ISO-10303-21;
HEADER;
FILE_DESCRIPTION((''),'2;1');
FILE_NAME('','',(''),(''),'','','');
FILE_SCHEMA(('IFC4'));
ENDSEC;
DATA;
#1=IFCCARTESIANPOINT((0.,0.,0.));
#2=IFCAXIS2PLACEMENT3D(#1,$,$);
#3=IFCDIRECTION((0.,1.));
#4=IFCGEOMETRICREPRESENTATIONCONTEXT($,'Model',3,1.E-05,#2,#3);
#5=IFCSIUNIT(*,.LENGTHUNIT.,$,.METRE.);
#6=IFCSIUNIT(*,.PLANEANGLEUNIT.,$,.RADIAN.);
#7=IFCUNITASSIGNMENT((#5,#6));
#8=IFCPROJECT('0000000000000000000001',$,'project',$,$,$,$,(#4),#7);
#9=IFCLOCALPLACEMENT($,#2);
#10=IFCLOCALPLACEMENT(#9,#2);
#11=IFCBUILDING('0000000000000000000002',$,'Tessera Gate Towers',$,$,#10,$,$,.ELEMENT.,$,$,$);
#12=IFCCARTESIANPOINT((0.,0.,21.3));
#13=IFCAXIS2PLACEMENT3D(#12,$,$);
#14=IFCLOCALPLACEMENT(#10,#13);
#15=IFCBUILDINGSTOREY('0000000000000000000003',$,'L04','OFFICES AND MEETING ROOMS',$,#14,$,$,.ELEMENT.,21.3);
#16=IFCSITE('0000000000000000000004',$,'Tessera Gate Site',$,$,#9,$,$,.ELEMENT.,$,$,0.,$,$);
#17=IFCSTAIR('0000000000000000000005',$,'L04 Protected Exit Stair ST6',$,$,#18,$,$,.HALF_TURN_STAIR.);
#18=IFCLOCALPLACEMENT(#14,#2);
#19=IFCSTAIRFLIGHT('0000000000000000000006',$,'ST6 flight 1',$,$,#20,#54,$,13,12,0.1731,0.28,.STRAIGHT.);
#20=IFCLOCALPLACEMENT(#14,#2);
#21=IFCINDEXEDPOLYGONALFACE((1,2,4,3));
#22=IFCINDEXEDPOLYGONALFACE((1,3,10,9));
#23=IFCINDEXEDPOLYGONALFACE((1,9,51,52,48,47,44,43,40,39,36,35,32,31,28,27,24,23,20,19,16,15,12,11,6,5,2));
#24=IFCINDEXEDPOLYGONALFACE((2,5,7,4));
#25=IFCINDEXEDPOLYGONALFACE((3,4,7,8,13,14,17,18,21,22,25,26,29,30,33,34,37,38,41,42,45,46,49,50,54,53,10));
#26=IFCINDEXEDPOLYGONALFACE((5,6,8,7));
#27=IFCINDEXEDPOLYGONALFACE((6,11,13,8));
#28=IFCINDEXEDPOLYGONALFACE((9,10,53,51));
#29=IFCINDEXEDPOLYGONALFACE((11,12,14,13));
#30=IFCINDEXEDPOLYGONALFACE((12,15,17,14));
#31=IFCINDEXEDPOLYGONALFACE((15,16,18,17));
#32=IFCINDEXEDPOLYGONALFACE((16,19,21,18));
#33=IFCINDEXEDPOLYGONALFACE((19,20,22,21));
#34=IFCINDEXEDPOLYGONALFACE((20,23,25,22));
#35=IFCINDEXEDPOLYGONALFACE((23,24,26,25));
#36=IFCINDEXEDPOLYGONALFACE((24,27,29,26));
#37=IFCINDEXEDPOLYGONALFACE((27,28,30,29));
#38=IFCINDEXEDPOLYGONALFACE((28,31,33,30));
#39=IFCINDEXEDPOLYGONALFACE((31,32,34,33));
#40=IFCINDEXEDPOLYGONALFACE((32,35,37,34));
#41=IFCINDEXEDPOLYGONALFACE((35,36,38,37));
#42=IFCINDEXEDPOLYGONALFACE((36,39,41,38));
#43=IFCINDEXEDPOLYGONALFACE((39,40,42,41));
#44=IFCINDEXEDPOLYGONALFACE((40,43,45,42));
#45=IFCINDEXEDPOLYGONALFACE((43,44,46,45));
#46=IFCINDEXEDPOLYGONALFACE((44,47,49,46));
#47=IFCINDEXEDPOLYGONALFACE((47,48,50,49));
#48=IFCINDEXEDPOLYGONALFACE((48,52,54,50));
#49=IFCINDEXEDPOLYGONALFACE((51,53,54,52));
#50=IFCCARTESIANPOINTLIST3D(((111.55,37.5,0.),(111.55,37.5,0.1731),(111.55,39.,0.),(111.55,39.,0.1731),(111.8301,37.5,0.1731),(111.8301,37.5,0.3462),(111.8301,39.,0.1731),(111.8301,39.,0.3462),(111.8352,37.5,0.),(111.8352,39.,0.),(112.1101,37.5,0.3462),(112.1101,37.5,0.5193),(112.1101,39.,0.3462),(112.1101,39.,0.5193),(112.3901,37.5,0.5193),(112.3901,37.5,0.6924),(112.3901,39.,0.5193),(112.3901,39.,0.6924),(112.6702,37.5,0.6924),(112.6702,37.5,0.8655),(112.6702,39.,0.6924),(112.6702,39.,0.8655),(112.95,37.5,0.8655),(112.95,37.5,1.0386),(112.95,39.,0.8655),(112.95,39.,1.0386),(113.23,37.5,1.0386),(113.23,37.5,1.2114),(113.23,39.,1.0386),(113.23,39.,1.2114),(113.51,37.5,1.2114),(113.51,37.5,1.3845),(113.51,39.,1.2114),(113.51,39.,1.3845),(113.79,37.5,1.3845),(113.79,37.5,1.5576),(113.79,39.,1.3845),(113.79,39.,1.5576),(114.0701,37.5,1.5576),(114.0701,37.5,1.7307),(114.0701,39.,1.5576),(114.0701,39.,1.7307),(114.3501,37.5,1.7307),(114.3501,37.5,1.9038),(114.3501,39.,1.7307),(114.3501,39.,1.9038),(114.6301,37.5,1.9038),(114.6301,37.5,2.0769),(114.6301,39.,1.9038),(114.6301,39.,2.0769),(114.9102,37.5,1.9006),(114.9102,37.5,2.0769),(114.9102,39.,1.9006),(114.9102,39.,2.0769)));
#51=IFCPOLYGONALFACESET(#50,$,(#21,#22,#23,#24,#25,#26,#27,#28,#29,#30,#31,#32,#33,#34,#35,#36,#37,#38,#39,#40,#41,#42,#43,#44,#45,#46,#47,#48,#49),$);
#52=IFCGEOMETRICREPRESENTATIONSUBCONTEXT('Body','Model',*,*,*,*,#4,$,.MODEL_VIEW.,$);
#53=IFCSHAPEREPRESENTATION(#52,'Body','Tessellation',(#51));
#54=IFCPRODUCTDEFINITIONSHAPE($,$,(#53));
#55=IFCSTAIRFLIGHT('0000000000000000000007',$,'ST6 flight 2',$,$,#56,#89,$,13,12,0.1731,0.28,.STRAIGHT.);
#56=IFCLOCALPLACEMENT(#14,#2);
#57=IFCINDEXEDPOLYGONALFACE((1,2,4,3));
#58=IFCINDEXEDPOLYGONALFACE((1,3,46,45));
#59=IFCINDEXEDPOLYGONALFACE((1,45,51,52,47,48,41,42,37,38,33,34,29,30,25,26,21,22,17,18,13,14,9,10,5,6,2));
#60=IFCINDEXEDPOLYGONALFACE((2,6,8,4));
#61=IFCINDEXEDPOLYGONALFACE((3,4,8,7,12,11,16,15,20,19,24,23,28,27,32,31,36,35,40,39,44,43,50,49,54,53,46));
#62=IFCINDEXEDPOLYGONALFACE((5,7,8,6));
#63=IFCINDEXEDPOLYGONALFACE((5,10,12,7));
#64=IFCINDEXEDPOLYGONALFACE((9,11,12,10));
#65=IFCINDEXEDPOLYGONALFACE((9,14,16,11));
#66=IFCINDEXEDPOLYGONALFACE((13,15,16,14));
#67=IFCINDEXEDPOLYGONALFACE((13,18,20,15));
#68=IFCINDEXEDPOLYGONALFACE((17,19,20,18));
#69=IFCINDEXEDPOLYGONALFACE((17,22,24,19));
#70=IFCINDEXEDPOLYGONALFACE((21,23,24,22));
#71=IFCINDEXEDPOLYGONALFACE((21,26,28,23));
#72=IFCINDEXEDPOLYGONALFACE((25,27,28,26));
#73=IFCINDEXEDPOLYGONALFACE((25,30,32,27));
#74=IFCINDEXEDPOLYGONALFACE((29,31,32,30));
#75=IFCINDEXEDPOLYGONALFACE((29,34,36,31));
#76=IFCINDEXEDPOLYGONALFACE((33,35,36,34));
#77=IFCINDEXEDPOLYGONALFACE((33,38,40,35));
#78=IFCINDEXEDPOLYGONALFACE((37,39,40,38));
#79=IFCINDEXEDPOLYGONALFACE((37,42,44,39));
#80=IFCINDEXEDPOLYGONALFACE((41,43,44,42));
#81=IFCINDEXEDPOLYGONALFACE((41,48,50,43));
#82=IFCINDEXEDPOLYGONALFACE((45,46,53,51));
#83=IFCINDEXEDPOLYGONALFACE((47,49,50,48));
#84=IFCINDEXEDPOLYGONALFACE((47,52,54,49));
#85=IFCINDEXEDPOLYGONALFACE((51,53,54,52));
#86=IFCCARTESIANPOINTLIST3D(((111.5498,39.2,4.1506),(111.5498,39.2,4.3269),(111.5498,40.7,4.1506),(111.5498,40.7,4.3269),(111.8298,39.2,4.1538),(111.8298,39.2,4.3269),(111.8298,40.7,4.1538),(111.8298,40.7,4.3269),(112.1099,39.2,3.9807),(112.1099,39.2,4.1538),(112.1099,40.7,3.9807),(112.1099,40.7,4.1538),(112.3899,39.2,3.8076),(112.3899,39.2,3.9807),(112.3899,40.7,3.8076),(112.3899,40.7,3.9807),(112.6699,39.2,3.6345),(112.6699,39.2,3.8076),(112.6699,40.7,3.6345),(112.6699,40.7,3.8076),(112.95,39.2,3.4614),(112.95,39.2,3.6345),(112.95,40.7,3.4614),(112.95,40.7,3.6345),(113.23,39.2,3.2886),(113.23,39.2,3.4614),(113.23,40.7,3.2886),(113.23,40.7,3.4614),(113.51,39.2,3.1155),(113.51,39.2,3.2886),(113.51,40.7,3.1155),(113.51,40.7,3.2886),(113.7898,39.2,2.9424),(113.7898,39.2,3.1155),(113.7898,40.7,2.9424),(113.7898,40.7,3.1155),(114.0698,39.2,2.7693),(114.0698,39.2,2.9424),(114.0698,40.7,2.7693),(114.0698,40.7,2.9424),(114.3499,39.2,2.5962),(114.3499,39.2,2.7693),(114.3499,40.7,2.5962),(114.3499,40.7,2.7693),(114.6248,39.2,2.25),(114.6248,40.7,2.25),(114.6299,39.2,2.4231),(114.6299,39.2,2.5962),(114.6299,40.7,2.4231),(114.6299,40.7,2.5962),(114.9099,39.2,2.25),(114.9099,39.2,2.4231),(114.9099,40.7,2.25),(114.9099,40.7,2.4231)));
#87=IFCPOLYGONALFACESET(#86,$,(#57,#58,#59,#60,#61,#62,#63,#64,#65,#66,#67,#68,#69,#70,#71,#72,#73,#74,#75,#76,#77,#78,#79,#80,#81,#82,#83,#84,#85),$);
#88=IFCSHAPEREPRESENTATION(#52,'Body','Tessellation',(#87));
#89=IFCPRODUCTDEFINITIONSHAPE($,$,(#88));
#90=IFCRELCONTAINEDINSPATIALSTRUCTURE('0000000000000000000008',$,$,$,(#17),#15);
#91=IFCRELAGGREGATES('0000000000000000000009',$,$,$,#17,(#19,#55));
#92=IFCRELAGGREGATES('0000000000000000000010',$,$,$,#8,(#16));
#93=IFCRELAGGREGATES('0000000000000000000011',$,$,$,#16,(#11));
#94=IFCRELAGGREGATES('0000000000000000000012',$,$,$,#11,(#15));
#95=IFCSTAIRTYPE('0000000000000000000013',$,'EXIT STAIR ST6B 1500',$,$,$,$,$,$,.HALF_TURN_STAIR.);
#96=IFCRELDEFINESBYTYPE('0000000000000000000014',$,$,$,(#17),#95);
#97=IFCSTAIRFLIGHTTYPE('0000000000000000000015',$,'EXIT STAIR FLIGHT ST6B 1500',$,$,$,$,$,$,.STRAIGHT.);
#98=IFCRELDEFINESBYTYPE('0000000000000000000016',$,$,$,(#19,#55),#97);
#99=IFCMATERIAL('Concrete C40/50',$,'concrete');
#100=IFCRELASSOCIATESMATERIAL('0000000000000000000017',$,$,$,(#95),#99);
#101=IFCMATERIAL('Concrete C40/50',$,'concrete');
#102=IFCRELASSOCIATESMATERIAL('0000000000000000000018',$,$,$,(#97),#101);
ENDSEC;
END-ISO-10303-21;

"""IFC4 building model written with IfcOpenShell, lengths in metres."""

from ifc_helpers import new_model, si_unit, direction, frame, origin, place, context, subcontext, project, spatial, polyline, outline, extrude, material, type_object, element, aggregate, save


model = new_model("IFC4")

# Units and contexts
model_context = context("Model", 3, precision=1e-05, world=origin(), true_north=direction((0.0, 1.0)))
body_context = subcontext(model_context, "Body", "Model", "MODEL_VIEW")
ifc_project = project(units=[si_unit("LENGTHUNIT", "METRE"), si_unit("PLANEANGLEUNIT", "RADIAN")], contexts=[model_context])

# Site, building, storey
site_placement = place(None, origin())
site = spatial("IfcSite", under=ifc_project, at=site_placement, Name="Tessera Gate Site", CompositionType="ELEMENT", RefElevation=0.0)
building_placement = place(site_placement, origin())
building = spatial("IfcBuilding", under=site, at=building_placement, Name="Tessera Gate Towers", CompositionType="ELEMENT")
storey_placement = place(building_placement, frame((0.0, 0.0, 21.3)))
storey = spatial("IfcBuildingStorey", under=building, at=storey_placement, Name="L04", Description="OFFICES AND MEETING ROOMS", CompositionType="ELEMENT", Elevation=21.3)

# Stair, stair flights
ifc_material_1 = material(Name="Concrete C40/50", Category="concrete")
stair_type = type_object("IfcStairType", Name="EXIT STAIR ST6B 1500", PredefinedType="HALF_TURN_STAIR", material=ifc_material_1)
stair_placement = place(storey_placement, origin())
stair = element("IfcStair", 1, at=stair_placement, inside=storey, type_object=stair_type, Name="L04 Protected Exit Stair ST6", PredefinedType="HALF_TURN_STAIR")
ifc_material_2 = material(Name="Concrete C40/50", Category="concrete")
stair_flight_type = type_object("IfcStairFlightType", Name="EXIT STAIR FLIGHT ST6B 1500", PredefinedType="STRAIGHT", material=ifc_material_2)
stair_flight_1_placement = place(storey_placement, frame((111.55, 38.25, 0.0), z_axis=(0.0, 0.0, 1.0), x_axis=(1.0, 0.0, 0.0)))
stair_flight_1 = element("IfcStairFlight", 2, at=stair_flight_1_placement, type_object=stair_flight_type, Name="ST6 flight 1", NumberOfRisers=13, NumberOfTreads=12, PredefinedType="STRAIGHT", RiserHeight=0.1731, TreadLength=0.28, context=body_context, shape_type="SweptSolid", body=[
    extrude(outline(polyline([(0.0, 0.0), (0.0, 0.1731), (0.28, 0.1731), (0.28, 0.3462), (0.5601, 0.3462), (0.5601, 0.5193), (0.8401, 0.5193), (0.8401, 0.6924), (1.1201, 0.6924), (1.1201, 0.8655), (1.3999, 0.8655), (1.3999, 1.0386), (1.6799, 1.0386), (1.6799, 1.2114), (1.96, 1.2114), (1.96, 1.3845), (2.24, 1.3845), (2.24, 1.5576), (2.52, 1.5576), (2.52, 1.7307), (2.8, 1.7307), (2.8, 1.9038), (3.0801, 1.9038), (3.0801, 2.0769), (3.3601, 2.0769), (3.3601, 2.25), (3.3601, 1.9006), (0.2852, 0.0), (0.0, 0.0)])), frame((0.0, 0.75, 0.0), z_axis=(0.0, -1.0, 0.0), x_axis=(1.0, 0.0, 0.0)), (0.0, 0.0, 1.0), 1.5),
])
stair_flight_2_placement = place(storey_placement, frame((114.9099, 39.95, 2.25), z_axis=(0.0, 0.0, 1.0), x_axis=(-1.0, 0.0, 0.0)))
stair_flight_2 = element("IfcStairFlight", 3, at=stair_flight_2_placement, type_object=stair_flight_type, Name="ST6 flight 2", NumberOfRisers=13, NumberOfTreads=12, PredefinedType="STRAIGHT", RiserHeight=0.1731, TreadLength=0.28, context=body_context, shape_type="SweptSolid", body=[
    extrude(outline(polyline([(0.0, 0.0), (0.0, 0.1731), (0.28, 0.1731), (0.28, 0.3462), (0.5601, 0.3462), (0.5601, 0.5193), (0.8401, 0.5193), (0.8401, 0.6924), (1.1201, 0.6924), (1.1201, 0.8655), (1.3999, 0.8655), (1.3999, 1.0386), (1.6799, 1.0386), (1.6799, 1.2114), (1.96, 1.2114), (1.96, 1.3845), (2.24, 1.3845), (2.24, 1.5576), (2.52, 1.5576), (2.52, 1.7307), (2.8, 1.7307), (2.8, 1.9038), (3.0801, 1.9038), (3.0801, 2.0769), (3.3601, 2.0769), (3.3601, 2.25), (3.3601, 1.9006), (0.2852, 0.0), (0.0, 0.0)])), frame((0.0, 0.75, 0.0), z_axis=(0.0, -1.0, 0.0), x_axis=(1.0, 0.0, 0.0)), (0.0, 0.0, 1.0), 1.5),
])
aggregate(stair, [stair_flight_1, stair_flight_2])

save(model, "model.ifc")
